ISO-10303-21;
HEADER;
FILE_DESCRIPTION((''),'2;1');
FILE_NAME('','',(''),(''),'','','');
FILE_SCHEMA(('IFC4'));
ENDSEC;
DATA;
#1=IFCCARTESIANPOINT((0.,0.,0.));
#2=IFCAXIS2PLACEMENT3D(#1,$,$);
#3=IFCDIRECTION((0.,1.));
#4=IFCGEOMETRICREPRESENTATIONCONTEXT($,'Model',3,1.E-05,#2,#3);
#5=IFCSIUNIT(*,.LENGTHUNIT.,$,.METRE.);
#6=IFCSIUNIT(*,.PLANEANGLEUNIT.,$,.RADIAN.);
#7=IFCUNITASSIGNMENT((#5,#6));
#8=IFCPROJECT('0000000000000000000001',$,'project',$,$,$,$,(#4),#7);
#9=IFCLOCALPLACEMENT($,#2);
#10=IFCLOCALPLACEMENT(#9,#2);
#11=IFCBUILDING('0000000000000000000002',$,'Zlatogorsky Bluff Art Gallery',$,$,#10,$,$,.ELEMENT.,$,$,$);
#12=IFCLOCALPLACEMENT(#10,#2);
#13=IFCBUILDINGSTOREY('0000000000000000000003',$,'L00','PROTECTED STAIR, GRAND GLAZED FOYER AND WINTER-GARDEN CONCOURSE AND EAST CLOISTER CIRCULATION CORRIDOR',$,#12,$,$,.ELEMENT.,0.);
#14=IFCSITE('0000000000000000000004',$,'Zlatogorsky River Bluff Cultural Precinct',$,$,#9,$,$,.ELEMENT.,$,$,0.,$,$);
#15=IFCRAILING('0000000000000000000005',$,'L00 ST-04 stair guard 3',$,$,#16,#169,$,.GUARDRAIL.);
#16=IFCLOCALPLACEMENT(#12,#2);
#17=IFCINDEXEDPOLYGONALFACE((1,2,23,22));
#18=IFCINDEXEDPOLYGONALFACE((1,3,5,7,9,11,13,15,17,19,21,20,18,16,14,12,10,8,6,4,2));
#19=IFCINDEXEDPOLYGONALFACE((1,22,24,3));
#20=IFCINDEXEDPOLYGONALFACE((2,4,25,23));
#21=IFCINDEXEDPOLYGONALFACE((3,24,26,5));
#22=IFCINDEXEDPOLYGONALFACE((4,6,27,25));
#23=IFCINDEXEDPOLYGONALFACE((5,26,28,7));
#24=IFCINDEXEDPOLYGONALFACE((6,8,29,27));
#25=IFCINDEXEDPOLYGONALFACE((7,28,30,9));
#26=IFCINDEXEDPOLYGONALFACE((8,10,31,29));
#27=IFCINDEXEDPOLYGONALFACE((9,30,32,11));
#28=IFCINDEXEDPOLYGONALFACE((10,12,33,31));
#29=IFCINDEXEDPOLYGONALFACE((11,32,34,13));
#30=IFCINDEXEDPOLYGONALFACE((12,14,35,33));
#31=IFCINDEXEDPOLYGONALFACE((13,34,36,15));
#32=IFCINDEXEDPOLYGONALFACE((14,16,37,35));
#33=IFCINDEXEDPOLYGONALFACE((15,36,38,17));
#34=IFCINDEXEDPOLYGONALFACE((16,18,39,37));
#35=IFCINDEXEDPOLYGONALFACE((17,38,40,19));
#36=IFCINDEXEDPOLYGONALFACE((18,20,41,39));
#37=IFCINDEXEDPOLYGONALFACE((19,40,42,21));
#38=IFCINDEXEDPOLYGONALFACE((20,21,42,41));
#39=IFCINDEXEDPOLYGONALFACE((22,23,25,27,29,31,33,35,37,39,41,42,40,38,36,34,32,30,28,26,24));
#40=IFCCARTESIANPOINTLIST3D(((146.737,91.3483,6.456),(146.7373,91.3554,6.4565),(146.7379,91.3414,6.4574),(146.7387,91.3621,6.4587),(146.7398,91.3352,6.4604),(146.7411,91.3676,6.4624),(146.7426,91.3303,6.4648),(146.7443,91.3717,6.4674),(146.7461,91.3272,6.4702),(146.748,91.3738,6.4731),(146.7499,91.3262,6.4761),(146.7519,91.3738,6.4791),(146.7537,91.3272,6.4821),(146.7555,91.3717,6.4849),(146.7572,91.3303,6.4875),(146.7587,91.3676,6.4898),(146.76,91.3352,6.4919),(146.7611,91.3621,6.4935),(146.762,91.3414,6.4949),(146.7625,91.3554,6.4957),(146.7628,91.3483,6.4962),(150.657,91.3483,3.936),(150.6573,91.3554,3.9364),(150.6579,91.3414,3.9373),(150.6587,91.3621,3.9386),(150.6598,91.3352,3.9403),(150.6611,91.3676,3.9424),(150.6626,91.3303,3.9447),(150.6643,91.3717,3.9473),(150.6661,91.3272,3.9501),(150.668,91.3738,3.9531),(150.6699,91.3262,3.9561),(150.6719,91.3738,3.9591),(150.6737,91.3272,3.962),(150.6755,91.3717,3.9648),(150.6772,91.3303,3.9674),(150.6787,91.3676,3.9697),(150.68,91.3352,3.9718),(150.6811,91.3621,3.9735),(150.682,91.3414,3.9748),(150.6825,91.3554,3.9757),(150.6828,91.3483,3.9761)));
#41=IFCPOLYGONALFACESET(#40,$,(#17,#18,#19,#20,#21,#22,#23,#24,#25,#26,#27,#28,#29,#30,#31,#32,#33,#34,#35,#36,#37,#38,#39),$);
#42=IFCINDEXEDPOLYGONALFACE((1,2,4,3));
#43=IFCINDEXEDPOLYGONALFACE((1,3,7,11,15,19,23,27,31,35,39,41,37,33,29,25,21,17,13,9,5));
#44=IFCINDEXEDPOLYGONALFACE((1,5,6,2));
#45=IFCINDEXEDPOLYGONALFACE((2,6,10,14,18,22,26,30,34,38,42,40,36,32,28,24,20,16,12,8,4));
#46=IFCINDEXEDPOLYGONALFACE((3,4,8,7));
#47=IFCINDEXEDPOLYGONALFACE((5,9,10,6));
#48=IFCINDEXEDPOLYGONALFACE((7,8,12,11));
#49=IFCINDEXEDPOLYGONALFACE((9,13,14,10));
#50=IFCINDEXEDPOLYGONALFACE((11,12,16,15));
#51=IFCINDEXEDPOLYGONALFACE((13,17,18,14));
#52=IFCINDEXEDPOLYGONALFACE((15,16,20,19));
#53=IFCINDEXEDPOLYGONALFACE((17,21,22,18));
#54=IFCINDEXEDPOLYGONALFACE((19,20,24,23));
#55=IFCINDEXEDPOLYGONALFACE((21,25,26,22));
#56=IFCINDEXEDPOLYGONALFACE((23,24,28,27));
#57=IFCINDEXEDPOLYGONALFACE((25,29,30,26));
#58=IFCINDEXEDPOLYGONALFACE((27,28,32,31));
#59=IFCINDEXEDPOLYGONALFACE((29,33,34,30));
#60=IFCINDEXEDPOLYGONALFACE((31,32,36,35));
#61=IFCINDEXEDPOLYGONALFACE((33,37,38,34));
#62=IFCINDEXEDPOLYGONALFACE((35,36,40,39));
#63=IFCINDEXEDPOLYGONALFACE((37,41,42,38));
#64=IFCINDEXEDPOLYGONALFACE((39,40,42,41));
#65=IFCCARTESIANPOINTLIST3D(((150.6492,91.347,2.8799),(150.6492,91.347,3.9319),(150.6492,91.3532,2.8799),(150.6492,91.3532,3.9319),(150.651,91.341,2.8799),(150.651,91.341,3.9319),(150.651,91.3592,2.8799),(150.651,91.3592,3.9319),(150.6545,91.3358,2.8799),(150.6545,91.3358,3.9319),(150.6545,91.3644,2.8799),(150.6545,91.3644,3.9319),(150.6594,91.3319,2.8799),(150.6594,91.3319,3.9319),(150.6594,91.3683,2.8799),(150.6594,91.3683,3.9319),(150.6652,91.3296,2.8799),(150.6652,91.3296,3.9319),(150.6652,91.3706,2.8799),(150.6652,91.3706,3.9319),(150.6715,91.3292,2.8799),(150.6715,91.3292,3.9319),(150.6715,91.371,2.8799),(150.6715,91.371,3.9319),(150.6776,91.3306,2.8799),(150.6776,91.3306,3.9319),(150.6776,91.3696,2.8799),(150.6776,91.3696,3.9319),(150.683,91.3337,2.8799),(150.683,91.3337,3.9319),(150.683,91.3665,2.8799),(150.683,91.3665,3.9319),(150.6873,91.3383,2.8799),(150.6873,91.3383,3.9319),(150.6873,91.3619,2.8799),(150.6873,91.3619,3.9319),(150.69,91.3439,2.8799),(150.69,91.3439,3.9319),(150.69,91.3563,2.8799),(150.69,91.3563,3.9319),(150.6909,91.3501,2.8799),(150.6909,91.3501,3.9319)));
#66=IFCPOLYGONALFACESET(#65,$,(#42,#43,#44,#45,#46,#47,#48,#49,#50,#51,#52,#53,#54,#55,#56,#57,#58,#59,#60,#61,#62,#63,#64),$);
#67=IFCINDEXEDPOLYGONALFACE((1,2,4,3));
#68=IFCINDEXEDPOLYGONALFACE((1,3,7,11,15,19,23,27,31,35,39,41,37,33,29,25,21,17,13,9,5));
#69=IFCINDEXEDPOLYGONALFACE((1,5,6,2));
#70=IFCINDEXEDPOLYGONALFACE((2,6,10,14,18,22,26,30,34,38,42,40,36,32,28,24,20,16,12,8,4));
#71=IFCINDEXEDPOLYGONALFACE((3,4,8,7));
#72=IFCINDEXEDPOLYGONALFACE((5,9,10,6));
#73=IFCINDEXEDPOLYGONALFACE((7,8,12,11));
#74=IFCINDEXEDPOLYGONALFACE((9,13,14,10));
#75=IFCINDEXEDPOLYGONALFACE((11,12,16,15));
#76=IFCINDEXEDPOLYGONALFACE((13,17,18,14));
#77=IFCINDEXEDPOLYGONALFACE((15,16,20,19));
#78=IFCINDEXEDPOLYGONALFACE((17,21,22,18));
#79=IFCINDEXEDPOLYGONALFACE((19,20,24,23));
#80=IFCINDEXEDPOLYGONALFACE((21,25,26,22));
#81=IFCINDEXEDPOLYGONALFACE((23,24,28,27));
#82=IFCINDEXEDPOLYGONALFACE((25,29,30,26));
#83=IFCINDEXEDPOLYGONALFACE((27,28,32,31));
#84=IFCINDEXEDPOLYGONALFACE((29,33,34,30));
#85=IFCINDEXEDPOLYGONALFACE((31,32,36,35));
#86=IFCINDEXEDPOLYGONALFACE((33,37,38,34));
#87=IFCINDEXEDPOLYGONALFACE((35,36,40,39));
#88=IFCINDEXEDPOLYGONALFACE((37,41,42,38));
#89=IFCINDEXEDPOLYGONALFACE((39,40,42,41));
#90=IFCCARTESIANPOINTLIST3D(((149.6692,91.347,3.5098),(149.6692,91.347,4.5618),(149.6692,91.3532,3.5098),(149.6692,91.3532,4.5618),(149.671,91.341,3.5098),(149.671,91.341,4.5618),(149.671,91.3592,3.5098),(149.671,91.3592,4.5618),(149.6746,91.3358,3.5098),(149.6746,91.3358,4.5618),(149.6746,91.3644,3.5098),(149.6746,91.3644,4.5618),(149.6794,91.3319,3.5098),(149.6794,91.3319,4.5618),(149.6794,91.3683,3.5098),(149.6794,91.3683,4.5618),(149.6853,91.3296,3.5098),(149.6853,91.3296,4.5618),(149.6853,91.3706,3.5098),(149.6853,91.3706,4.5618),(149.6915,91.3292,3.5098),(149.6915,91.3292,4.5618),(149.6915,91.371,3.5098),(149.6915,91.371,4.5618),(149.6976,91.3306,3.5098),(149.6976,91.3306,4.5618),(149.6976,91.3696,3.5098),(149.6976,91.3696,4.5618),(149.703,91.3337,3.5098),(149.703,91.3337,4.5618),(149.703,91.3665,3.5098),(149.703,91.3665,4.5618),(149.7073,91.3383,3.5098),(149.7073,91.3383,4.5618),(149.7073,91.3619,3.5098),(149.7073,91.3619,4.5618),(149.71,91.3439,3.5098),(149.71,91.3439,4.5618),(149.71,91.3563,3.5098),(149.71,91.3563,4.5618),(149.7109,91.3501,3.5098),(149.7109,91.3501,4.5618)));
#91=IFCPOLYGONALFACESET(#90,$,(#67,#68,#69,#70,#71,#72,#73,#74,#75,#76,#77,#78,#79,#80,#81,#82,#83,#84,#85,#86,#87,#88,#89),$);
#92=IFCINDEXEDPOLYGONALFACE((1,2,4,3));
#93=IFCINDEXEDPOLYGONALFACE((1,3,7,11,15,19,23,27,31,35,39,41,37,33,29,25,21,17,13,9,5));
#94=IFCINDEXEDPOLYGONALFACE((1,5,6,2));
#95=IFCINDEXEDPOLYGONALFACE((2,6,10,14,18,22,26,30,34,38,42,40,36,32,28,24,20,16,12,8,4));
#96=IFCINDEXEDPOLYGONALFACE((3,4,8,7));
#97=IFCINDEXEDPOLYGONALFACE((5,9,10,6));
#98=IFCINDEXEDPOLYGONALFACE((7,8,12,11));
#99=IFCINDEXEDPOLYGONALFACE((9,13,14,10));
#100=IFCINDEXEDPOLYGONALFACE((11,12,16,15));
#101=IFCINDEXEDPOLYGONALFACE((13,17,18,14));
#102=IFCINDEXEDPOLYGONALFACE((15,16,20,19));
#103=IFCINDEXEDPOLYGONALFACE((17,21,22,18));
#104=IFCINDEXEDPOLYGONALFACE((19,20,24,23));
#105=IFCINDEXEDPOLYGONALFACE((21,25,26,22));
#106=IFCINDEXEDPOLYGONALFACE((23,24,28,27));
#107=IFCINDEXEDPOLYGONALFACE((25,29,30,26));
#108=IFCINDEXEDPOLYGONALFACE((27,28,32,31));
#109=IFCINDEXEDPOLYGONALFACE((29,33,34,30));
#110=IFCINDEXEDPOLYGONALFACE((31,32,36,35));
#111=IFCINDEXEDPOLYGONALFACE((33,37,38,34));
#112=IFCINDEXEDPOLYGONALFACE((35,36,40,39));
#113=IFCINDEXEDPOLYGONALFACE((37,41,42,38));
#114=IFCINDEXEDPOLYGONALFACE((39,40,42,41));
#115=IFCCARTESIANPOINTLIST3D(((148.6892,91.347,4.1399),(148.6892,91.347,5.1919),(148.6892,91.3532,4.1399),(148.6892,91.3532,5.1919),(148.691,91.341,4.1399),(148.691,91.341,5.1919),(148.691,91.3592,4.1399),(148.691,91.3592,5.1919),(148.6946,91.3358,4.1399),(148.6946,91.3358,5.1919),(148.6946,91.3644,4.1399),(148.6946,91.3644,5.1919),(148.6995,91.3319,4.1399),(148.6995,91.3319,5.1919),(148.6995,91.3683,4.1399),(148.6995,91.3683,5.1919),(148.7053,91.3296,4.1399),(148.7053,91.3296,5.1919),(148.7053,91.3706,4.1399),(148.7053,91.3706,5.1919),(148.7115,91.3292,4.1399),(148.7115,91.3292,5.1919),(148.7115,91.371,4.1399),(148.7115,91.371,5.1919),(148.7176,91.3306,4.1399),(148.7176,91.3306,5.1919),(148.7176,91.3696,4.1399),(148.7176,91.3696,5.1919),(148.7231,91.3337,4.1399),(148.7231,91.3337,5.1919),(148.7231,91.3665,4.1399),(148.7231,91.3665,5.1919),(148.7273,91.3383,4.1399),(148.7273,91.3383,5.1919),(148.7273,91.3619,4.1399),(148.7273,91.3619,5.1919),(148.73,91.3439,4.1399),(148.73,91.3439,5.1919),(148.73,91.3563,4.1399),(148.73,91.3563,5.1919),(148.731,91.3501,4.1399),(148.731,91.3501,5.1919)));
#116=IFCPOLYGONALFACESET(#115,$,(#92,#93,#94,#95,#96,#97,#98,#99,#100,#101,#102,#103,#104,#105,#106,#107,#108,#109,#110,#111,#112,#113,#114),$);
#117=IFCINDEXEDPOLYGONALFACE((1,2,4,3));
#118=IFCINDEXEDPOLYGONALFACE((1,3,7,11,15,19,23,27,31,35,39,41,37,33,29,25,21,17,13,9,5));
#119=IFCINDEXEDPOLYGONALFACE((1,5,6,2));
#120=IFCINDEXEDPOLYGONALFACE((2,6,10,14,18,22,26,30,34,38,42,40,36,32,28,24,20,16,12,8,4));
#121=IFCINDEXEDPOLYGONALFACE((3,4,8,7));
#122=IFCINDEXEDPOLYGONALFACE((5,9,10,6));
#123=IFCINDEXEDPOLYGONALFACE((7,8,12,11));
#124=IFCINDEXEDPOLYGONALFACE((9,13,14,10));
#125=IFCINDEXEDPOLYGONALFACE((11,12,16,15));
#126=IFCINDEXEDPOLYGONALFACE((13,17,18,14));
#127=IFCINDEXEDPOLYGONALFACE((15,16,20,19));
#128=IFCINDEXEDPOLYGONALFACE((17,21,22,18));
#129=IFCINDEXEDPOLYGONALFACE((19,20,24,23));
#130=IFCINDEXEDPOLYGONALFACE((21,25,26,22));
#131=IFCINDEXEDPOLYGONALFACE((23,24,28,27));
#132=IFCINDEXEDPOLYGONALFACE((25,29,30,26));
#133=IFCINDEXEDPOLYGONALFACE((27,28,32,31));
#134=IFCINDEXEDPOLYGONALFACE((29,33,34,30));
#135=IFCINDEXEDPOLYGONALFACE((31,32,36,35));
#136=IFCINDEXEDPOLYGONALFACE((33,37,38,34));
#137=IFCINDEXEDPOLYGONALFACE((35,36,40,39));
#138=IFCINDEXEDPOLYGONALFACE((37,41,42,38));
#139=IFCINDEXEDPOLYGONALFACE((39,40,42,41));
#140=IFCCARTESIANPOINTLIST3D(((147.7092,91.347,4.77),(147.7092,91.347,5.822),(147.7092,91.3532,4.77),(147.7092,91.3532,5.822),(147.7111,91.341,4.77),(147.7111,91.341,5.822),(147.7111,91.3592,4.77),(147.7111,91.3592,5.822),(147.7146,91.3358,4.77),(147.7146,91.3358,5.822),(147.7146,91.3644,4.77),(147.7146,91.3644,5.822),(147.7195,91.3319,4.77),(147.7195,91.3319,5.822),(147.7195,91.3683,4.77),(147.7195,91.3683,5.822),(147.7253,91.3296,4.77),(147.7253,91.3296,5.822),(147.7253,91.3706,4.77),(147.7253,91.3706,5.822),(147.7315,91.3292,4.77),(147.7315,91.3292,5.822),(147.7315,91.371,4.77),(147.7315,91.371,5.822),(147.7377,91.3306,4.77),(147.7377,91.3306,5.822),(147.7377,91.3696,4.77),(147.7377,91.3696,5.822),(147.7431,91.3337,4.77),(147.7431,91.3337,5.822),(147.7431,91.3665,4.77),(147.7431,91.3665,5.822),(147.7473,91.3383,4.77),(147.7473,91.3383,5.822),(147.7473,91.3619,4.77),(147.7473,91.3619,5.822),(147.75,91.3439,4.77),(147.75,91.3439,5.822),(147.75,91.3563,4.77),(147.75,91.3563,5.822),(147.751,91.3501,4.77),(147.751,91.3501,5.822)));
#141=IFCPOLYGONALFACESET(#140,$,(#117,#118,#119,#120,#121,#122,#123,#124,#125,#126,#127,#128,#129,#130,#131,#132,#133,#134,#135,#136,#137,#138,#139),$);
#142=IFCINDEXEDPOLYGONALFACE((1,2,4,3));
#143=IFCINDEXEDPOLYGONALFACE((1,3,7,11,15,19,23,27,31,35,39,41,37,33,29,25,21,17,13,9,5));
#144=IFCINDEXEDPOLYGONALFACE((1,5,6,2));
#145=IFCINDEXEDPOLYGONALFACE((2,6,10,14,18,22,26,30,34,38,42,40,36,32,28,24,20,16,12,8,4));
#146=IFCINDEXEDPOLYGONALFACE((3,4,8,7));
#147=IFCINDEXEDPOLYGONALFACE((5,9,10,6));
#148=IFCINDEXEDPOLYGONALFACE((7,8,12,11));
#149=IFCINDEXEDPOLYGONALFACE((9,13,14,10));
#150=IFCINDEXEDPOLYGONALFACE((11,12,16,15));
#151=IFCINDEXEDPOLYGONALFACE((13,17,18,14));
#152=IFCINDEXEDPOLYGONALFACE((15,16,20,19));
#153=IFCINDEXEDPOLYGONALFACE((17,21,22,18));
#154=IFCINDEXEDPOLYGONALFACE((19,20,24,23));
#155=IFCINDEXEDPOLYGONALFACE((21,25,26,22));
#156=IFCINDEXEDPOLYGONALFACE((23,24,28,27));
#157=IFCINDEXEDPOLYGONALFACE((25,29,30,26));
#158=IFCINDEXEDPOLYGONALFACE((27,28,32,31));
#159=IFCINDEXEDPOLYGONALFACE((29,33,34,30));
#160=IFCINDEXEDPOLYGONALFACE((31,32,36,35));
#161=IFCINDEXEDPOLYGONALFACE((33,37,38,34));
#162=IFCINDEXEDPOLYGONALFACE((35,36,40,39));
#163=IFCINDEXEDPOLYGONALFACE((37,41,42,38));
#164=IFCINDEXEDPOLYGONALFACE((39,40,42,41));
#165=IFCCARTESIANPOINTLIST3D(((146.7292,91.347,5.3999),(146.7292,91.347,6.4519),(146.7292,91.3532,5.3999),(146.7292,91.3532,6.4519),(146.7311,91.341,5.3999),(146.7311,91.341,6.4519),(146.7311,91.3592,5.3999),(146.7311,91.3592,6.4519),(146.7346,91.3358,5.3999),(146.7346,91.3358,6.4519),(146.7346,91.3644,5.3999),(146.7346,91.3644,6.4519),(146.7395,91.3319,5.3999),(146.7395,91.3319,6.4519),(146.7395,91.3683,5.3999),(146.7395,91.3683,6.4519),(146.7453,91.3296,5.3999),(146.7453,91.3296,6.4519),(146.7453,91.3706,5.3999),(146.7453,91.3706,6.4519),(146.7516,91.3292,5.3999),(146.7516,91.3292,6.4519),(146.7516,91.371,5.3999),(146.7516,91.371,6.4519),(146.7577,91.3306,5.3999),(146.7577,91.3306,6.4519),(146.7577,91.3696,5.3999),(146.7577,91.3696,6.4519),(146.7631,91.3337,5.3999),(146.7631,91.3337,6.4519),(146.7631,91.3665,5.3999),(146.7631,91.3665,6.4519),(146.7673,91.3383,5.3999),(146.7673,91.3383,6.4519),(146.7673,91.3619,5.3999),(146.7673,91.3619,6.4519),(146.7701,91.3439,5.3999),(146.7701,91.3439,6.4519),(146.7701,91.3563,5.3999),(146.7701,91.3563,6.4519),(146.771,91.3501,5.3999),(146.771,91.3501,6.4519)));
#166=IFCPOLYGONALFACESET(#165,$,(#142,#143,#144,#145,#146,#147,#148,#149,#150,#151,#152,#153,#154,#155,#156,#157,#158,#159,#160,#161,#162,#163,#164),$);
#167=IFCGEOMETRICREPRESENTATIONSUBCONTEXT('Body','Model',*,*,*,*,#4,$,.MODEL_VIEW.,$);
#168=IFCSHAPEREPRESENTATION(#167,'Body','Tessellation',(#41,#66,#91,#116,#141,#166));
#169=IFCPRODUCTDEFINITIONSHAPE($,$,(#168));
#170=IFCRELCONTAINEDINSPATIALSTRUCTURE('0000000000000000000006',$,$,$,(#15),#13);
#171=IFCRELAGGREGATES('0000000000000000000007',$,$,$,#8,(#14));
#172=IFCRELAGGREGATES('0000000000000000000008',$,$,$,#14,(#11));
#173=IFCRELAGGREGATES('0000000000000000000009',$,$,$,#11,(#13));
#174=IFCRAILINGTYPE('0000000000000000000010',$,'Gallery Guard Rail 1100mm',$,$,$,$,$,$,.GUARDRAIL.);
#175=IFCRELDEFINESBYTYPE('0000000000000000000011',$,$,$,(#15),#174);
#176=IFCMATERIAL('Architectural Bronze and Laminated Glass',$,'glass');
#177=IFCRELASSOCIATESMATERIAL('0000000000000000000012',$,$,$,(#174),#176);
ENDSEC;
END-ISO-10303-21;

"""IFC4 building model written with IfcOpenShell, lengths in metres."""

from ifc_helpers import new_model, si_unit, direction, frame, origin, origin_2d, place, context, subcontext, project, spatial, circle, extrude, material, type_object, element, save


model = new_model("IFC4")

# Units and contexts
model_context = context("Model", 3, precision=1e-05, world=origin(), true_north=direction((0.0, 1.0)))
body_context = subcontext(model_context, "Body", "Model", "MODEL_VIEW")
ifc_project = project(units=[si_unit("LENGTHUNIT", "METRE"), si_unit("PLANEANGLEUNIT", "RADIAN")], contexts=[model_context])

# Site, building, storey
site_placement = place(None, origin())
site = spatial("IfcSite", under=ifc_project, at=site_placement, Name="Zlatogorsky River Bluff Cultural Precinct", CompositionType="ELEMENT", RefElevation=0.0)
building_placement = place(site_placement, origin())
building = spatial("IfcBuilding", under=site, at=building_placement, Name="Zlatogorsky Bluff Art Gallery", CompositionType="ELEMENT")
storey_placement = place(building_placement, origin())
storey = spatial("IfcBuildingStorey", under=building, at=storey_placement, Name="L00", Description="PROTECTED STAIR, GRAND GLAZED FOYER AND WINTER-GARDEN CONCOURSE AND EAST CLOISTER CIRCULATION CORRIDOR", CompositionType="ELEMENT", Elevation=0.0)

# Railing
ifc_material_1 = material(Name="Architectural Bronze and Laminated Glass", Category="glass")
railing_type_1 = type_object("IfcRailingType", Name="Gallery Guard Rail 1100mm", PredefinedType="GUARDRAIL", material=ifc_material_1)
railing_1_placement = place(storey_placement, frame((150.6699, 91.3501, 2.8799)))
element("IfcRailing", 1, at=railing_1_placement, inside=storey, type_object=railing_type_1, Name="L00 ST-04 stair guard 3", PredefinedType="GUARDRAIL", context=body_context, shape_type="SweptSolid", body=[
    extrude(circle(Radius=0.0239, at=origin_2d()), frame((0.0, 0.0, 1.0762), z_axis=(-0.841172, 0.0, 0.540768), x_axis=(0.0, -1.0, 0.0)), (0.0, 0.0, 1.0), 4.6602),
    extrude(circle(Radius=0.021, at=origin_2d()), origin(), (0.0, 0.0, 1.0), 1.052),
    extrude(circle(Radius=0.021, at=origin_2d()), frame((-0.98, 0.0, 0.6299)), (0.0, 0.0, 1.0), 1.052),
    extrude(circle(Radius=0.021, at=origin_2d()), frame((-1.96, 0.0, 1.26)), (0.0, 0.0, 1.0), 1.052),
    extrude(circle(Radius=0.021, at=origin_2d()), frame((-2.9399, 0.0, 1.8901)), (0.0, 0.0, 1.0), 1.052),
    extrude(circle(Radius=0.021, at=origin_2d()), frame((-3.9199, 0.0, 2.52)), (0.0, 0.0, 1.0), 1.052),
])

save(model, "model.ifc")
